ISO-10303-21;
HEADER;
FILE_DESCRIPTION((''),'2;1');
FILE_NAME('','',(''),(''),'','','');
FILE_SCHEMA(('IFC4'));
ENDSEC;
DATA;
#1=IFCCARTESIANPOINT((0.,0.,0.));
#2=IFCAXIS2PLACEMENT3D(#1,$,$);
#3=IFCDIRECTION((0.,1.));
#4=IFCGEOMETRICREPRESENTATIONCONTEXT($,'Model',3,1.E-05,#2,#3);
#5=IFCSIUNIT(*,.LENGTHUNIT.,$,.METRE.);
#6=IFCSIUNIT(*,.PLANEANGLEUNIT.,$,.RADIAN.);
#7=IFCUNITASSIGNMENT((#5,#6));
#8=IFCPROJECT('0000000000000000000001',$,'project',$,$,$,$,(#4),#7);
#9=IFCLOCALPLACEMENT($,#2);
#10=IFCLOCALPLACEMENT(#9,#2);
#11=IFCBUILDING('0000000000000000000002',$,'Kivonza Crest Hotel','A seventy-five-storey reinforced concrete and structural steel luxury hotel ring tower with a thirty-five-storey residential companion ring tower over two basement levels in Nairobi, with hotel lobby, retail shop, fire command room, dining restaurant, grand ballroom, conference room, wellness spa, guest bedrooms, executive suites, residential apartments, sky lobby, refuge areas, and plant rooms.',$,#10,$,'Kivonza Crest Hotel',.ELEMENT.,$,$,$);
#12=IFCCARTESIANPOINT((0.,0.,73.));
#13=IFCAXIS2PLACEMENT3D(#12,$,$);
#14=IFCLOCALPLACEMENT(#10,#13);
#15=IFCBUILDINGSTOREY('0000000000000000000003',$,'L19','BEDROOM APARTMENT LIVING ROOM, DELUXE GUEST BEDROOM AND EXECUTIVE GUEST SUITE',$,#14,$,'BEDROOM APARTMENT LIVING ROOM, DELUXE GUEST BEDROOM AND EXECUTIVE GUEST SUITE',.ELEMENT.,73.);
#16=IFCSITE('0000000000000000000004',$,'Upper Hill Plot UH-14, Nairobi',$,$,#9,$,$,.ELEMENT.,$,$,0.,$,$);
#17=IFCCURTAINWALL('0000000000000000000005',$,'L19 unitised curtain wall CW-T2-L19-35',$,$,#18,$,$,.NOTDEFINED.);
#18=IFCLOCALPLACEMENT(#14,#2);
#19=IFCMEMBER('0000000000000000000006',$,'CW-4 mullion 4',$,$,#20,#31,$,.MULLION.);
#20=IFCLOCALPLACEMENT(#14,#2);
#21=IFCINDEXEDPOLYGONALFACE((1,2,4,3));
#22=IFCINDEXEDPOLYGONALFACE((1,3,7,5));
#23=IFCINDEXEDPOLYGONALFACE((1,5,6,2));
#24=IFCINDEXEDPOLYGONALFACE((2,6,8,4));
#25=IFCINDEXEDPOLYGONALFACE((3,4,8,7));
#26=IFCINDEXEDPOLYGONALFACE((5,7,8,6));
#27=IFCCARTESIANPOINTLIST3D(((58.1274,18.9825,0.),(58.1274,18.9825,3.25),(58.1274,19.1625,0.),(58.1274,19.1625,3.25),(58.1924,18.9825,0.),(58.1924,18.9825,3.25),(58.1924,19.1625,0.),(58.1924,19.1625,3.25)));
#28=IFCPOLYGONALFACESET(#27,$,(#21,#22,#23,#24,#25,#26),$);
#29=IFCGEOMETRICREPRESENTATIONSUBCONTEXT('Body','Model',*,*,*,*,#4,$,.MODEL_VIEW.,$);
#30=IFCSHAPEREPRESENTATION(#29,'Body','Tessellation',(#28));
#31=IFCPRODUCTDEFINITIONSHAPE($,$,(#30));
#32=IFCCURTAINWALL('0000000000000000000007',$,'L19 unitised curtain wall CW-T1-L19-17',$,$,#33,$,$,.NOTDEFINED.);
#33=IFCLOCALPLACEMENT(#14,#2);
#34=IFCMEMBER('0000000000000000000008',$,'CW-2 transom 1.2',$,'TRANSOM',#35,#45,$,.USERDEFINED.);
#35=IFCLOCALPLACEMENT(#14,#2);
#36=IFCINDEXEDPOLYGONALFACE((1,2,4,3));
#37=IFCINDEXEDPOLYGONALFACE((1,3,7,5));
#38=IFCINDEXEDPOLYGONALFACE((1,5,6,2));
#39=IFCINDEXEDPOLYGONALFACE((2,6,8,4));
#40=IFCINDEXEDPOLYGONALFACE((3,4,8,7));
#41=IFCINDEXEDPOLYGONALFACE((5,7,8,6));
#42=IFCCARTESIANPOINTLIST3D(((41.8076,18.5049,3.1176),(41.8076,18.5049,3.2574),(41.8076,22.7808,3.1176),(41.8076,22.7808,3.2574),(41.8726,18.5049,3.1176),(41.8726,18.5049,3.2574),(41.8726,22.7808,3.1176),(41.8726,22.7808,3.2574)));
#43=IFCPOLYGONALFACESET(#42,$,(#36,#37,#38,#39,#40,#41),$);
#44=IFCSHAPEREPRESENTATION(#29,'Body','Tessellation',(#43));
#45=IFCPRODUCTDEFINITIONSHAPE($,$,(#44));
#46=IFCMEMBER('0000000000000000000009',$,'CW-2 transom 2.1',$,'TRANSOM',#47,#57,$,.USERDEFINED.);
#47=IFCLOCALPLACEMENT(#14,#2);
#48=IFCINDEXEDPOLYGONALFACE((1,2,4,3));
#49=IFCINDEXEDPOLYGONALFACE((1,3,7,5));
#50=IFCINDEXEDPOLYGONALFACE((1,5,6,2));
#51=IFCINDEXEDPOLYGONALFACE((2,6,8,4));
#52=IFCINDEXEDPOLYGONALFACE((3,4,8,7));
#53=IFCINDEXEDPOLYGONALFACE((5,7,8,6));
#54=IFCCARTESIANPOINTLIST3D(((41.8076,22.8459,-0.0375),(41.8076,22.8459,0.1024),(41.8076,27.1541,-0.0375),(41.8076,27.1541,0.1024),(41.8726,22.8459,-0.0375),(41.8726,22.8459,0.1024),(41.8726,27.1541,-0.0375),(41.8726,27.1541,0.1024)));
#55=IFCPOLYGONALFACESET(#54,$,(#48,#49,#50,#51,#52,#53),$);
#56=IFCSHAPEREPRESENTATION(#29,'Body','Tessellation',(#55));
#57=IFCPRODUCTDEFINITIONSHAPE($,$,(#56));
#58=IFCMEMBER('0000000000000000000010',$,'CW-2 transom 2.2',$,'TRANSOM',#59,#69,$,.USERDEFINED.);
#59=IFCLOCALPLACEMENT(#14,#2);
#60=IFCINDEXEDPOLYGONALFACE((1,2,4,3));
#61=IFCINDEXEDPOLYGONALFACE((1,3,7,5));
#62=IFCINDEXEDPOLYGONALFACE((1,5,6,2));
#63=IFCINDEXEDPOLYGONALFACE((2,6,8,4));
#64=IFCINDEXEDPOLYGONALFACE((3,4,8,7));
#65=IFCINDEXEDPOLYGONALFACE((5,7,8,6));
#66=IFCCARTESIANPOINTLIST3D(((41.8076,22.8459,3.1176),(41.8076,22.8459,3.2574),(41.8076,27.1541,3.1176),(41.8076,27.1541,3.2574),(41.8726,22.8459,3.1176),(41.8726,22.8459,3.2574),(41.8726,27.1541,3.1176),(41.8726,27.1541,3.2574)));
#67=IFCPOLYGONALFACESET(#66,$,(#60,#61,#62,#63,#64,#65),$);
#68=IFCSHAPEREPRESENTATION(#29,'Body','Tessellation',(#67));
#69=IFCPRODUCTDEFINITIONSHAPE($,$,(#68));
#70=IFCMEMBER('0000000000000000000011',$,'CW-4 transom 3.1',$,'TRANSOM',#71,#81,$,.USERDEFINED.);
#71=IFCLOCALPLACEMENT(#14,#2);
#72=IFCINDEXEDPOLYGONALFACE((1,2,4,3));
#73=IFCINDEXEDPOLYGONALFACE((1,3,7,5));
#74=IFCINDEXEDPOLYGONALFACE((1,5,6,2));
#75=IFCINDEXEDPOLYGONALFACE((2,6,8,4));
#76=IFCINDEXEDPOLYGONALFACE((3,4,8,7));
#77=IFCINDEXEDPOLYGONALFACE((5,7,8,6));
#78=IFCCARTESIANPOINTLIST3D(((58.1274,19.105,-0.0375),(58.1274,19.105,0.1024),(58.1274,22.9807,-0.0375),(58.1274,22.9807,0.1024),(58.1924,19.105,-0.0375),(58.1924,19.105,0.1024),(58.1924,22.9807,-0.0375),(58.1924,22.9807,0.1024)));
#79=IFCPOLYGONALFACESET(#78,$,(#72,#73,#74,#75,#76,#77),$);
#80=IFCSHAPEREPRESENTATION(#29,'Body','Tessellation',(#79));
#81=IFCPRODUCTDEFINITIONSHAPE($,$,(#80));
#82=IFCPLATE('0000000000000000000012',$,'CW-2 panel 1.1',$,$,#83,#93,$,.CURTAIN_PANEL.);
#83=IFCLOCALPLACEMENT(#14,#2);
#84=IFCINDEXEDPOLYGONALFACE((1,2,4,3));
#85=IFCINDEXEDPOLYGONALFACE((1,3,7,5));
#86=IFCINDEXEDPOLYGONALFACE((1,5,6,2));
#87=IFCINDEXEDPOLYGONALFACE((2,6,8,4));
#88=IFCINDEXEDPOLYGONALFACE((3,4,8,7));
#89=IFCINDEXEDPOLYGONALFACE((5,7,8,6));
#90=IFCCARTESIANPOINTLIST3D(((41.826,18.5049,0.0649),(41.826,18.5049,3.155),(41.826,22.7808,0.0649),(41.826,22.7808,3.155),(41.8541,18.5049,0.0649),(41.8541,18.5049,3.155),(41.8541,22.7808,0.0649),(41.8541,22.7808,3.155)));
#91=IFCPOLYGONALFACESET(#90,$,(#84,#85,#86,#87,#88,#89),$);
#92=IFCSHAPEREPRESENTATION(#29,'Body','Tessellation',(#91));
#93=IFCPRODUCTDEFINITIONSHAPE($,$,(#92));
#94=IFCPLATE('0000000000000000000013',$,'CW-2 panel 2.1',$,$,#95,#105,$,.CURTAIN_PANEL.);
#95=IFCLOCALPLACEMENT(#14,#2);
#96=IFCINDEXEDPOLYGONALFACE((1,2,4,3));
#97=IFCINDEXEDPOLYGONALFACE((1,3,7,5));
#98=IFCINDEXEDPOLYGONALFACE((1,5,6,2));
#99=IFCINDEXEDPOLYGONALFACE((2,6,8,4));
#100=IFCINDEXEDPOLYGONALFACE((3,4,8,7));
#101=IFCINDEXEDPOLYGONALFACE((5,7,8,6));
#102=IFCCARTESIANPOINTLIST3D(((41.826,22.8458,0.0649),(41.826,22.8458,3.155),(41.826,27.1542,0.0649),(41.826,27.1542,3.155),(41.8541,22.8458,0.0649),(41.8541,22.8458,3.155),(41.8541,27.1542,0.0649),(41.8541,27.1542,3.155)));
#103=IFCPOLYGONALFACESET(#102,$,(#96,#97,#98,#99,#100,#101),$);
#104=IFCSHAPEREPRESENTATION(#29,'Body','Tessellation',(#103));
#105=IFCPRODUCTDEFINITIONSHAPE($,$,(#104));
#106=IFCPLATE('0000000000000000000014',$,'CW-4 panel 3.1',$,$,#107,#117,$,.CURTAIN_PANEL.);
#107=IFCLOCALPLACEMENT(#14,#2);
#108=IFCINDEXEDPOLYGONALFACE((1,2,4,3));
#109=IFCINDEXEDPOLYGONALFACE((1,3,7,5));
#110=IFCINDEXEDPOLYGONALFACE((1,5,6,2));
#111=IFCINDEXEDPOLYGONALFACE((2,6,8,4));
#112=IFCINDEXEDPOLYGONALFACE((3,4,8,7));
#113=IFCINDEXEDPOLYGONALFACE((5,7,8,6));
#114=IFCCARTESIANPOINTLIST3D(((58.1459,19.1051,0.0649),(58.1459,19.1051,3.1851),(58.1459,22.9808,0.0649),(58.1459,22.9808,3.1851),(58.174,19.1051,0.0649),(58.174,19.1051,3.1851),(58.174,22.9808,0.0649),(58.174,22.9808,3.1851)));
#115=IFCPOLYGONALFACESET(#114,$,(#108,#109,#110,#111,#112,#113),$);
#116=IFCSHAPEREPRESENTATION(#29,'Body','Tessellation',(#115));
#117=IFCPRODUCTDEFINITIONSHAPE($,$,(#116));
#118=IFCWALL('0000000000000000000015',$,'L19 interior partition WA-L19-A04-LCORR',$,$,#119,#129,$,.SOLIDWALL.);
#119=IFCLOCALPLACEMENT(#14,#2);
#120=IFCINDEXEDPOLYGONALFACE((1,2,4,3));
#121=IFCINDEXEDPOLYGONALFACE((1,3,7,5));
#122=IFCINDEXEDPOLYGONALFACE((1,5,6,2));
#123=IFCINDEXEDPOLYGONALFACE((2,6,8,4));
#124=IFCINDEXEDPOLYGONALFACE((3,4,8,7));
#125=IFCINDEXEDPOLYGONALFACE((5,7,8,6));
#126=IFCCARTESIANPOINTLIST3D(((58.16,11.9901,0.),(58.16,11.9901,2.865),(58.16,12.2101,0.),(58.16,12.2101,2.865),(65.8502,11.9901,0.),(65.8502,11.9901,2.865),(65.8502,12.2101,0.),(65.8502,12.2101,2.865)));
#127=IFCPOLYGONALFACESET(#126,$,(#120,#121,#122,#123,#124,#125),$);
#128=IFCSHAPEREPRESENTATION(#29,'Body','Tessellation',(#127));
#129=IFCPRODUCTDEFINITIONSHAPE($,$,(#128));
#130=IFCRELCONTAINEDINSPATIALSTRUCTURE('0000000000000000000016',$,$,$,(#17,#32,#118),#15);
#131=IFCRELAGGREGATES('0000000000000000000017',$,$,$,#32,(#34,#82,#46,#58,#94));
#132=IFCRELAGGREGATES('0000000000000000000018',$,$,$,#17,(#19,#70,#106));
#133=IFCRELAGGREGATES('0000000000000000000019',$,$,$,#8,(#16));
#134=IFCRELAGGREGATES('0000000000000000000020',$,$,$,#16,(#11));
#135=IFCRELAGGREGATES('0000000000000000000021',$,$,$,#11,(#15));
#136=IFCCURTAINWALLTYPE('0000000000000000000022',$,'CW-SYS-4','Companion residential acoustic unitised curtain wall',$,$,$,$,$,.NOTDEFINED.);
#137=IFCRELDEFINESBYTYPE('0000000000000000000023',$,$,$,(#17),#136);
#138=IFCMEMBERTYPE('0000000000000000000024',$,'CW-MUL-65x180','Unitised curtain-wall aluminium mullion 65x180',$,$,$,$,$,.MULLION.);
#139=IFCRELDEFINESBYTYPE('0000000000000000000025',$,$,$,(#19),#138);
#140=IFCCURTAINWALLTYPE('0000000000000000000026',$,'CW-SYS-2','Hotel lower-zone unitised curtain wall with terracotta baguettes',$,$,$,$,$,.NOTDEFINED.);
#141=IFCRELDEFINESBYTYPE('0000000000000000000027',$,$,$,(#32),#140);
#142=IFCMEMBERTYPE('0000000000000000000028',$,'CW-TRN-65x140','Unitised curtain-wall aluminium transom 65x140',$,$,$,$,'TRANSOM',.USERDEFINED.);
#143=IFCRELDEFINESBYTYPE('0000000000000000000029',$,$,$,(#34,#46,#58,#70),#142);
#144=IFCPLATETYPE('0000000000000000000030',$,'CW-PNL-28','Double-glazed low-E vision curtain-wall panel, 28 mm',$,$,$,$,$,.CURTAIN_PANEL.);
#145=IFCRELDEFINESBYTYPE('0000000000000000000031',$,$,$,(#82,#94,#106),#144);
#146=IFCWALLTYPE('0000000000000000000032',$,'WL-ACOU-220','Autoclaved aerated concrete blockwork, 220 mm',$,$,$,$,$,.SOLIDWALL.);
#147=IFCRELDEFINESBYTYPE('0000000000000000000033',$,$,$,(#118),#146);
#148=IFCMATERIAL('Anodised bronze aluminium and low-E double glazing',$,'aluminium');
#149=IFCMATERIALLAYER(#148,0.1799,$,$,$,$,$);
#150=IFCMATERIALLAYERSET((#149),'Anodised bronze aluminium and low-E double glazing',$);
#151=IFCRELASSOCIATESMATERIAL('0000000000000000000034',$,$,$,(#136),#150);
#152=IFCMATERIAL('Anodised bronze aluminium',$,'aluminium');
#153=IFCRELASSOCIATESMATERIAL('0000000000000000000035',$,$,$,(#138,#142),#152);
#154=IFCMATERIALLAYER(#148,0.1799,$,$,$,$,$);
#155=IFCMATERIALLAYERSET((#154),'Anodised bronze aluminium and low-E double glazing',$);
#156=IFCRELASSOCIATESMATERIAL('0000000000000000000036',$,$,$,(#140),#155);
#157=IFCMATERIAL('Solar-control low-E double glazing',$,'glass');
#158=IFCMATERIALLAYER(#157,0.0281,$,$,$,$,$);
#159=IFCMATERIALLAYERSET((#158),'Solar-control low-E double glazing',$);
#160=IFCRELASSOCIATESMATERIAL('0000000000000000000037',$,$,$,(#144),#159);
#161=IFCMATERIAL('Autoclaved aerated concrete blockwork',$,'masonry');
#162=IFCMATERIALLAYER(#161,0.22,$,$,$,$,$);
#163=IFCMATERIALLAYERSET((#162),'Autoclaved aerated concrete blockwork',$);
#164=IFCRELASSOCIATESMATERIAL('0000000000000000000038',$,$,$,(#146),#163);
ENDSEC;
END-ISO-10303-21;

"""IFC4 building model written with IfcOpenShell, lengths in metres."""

from ifc_helpers import new_model, si_unit, direction, frame, frame_2d, origin, origin_2d, place, context, subcontext, project, spatial, rectangle, extrude, material, layer, layer_set, material_profile, profile_set, type_object, element, aggregate, save


model = new_model("IFC4")

# Units and contexts
model_context = context("Model", 3, precision=1e-05, world=origin(), true_north=direction((0.0, 1.0)))
body_context = subcontext(model_context, "Body", "Model", "MODEL_VIEW")
ifc_project = project(units=[si_unit("LENGTHUNIT", "METRE"), si_unit("PLANEANGLEUNIT", "RADIAN")], contexts=[model_context])

# Site, building, storey
site_placement = place(None, origin())
site = spatial("IfcSite", under=ifc_project, at=site_placement, Name="Upper Hill Plot UH-14, Nairobi", CompositionType="ELEMENT", RefElevation=0.0)
building_placement = place(site_placement, origin())
building = spatial("IfcBuilding", under=site, at=building_placement, Name="Kivonza Crest Hotel", Description="A seventy-five-storey reinforced concrete and structural steel luxury hotel ring tower with a thirty-five-storey residential companion ring tower over two basement levels in Nairobi, with hotel lobby, retail shop, fire command room, dining restaurant, grand ballroom, conference room, wellness spa, guest bedrooms, executive suites, residential apartments, sky lobby, refuge areas, and plant rooms.", LongName="Kivonza Crest Hotel", CompositionType="ELEMENT")
storey_placement = place(building_placement, frame((0.0, 0.0, 73.0)))
storey = spatial("IfcBuildingStorey", under=building, at=storey_placement, Name="L19", Description="BEDROOM APARTMENT LIVING ROOM, DELUXE GUEST BEDROOM AND EXECUTIVE GUEST SUITE", LongName="BEDROOM APARTMENT LIVING ROOM, DELUXE GUEST BEDROOM AND EXECUTIVE GUEST SUITE", CompositionType="ELEMENT", Elevation=73.0)

# Curtain wall, member
ifc_material_1 = material(Name="Anodised bronze aluminium and low-E double glazing", Category="aluminium")
ifc_layer_1 = layer(ifc_material_1, 0.1799)
ifc_layer_set_1 = layer_set([ifc_layer_1], Name="Anodised bronze aluminium and low-E double glazing")
curtain_wall_type_1 = type_object("IfcCurtainWallType", Name="CW-SYS-4", Description="Companion residential acoustic unitised curtain wall", PredefinedType="NOTDEFINED", material=ifc_layer_set_1)
curtain_wall_1_placement = place(storey_placement, origin())
curtain_wall_1 = element("IfcCurtainWall", 1, at=curtain_wall_1_placement, inside=storey, type_object=curtain_wall_type_1, Name="L19 unitised curtain wall CW-T2-L19-35", PredefinedType="NOTDEFINED")
ifc_material_2 = material(Name="Anodised bronze aluminium", Category="aluminium")
ifc_material_profile_1 = material_profile(ifc_material_2, rectangle(XDim=0.0649, YDim=0.1799, at=origin_2d()), Name="CW-M 65x180")
ifc_profile_set_1 = profile_set([ifc_material_profile_1], Name="Anodised bronze aluminium")
member_type_1 = type_object("IfcMemberType", Name="CW-MUL-65x180", Description="Unitised curtain-wall aluminium mullion 65x180", PredefinedType="MULLION", material=ifc_profile_set_1)
member_1_placement = place(storey_placement, frame((58.1599, 19.0725, 0.0), z_axis=(0.0, 0.0, 1.0), x_axis=(1.0, 0.0, 0.0)))
member_1 = element("IfcMember", 2, at=member_1_placement, type_object=member_type_1, Name="CW-4 mullion 4", PredefinedType="MULLION", context=body_context, shape_type="SweptSolid", body=[
    extrude(rectangle(XDim=0.0649, YDim=0.1799, at=origin_2d()), origin(), (0.0, 0.0, 1.0), 3.25),
])

# Curtain wall, members
ifc_layer_2 = layer(ifc_material_1, 0.1799)
ifc_layer_set_2 = layer_set([ifc_layer_2], Name="Anodised bronze aluminium and low-E double glazing")
curtain_wall_type_2 = type_object("IfcCurtainWallType", Name="CW-SYS-2", Description="Hotel lower-zone unitised curtain wall with terracotta baguettes", PredefinedType="NOTDEFINED", material=ifc_layer_set_2)
curtain_wall_2_placement = place(storey_placement, origin())
curtain_wall_2 = element("IfcCurtainWall", 3, at=curtain_wall_2_placement, inside=storey, type_object=curtain_wall_type_2, Name="L19 unitised curtain wall CW-T1-L19-17", PredefinedType="NOTDEFINED")
ifc_material_profile_2 = material_profile(ifc_material_2, rectangle(XDim=0.0649, YDim=0.1399, at=origin_2d()), Name="CW-T 65x140")
ifc_profile_set_2 = profile_set([ifc_material_profile_2], Name="Anodised bronze aluminium")
member_type_2 = type_object("IfcMemberType", Name="CW-TRN-65x140", Description="Unitised curtain-wall aluminium transom 65x140", ElementType="TRANSOM", PredefinedType="USERDEFINED", material=ifc_profile_set_2)
member_2_placement = place(storey_placement, frame((41.8401, 18.5049, 3.1875), z_axis=(0.0, 1.0, 0.0), x_axis=(-1.0, 0.0, 0.0)))
member_2 = element("IfcMember", 4, at=member_2_placement, type_object=member_type_2, Name="CW-2 transom 1.2", ObjectType="TRANSOM", PredefinedType="USERDEFINED", context=body_context, shape_type="SweptSolid", body=[
    extrude(rectangle(XDim=0.0649, YDim=0.1399, at=origin_2d()), origin(), (0.0, 0.0, 1.0), 4.2759),
])
member_3_placement = place(storey_placement, frame((41.8401, 22.8459, 0.0325), z_axis=(0.0, 1.0, 0.0), x_axis=(-1.0, 0.0, 0.0)))
member_3 = element("IfcMember", 5, at=member_3_placement, type_object=member_type_2, Name="CW-2 transom 2.1", ObjectType="TRANSOM", PredefinedType="USERDEFINED", context=body_context, shape_type="SweptSolid", body=[
    extrude(rectangle(XDim=0.0649, YDim=0.1399, at=origin_2d()), origin(), (0.0, 0.0, 1.0), 4.3081),
])
member_4_placement = place(storey_placement, frame((41.8401, 22.8459, 3.1875), z_axis=(0.0, 1.0, 0.0), x_axis=(-1.0, 0.0, 0.0)))
member_4 = element("IfcMember", 6, at=member_4_placement, type_object=member_type_2, Name="CW-2 transom 2.2", ObjectType="TRANSOM", PredefinedType="USERDEFINED", context=body_context, shape_type="SweptSolid", body=[
    extrude(rectangle(XDim=0.0649, YDim=0.1399, at=origin_2d()), origin(), (0.0, 0.0, 1.0), 4.3081),
])

# Member
member_5_placement = place(storey_placement, frame((58.1599, 22.9807, 0.0325), z_axis=(0.0, -1.0, 0.0), x_axis=(1.0, 0.0, 0.0)))
member_5 = element("IfcMember", 7, at=member_5_placement, type_object=member_type_2, Name="CW-4 transom 3.1", ObjectType="TRANSOM", PredefinedType="USERDEFINED", context=body_context, shape_type="SweptSolid", body=[
    extrude(rectangle(XDim=0.0649, YDim=0.1399, at=origin_2d()), origin(), (0.0, 0.0, 1.0), 3.8757),
])

# Plates
ifc_material_3 = material(Name="Solar-control low-E double glazing", Category="glass")
ifc_layer_3 = layer(ifc_material_3, 0.0281)
ifc_layer_set_3 = layer_set([ifc_layer_3], Name="Solar-control low-E double glazing")
plate_type = type_object("IfcPlateType", Name="CW-PNL-28", Description="Double-glazed low-E vision curtain-wall panel, 28 mm", PredefinedType="CURTAIN_PANEL", material=ifc_layer_set_3)
plate_1_placement = place(storey_placement, frame((41.8401, 20.6428, 0.0649), z_axis=(0.0, 0.0, 1.0), x_axis=(0.0, 1.0, 0.0)))
plate_1 = element("IfcPlate", 8, at=plate_1_placement, type_object=plate_type, Name="CW-2 panel 1.1", PredefinedType="CURTAIN_PANEL", context=body_context, shape_type="SweptSolid", body=[
    extrude(rectangle(XDim=4.2759, YDim=0.0281, at=origin_2d()), origin(), (0.0, 0.0, 1.0), 3.0901),
])
plate_2_placement = place(storey_placement, frame((41.8401, 25.0, 0.0649), z_axis=(0.0, 0.0, 1.0), x_axis=(0.0, 1.0, 0.0)))
plate_2 = element("IfcPlate", 9, at=plate_2_placement, type_object=plate_type, Name="CW-2 panel 2.1", PredefinedType="CURTAIN_PANEL", context=body_context, shape_type="SweptSolid", body=[
    extrude(rectangle(XDim=4.3083, YDim=0.0281, at=origin_2d()), origin(), (0.0, 0.0, 1.0), 3.0901),
])
aggregate(curtain_wall_2, [member_2, plate_1, member_3, member_4, plate_2])
plate_3_placement = place(storey_placement, frame((58.1599, 21.043, 0.0649), z_axis=(0.0, 0.0, 1.0), x_axis=(0.0, -1.0, 0.0)))
plate_3 = element("IfcPlate", 10, at=plate_3_placement, type_object=plate_type, Name="CW-4 panel 3.1", PredefinedType="CURTAIN_PANEL", context=body_context, shape_type="SweptSolid", body=[
    extrude(rectangle(XDim=3.8757, YDim=0.0281, at=origin_2d()), origin(), (0.0, 0.0, 1.0), 3.1201),
])
aggregate(curtain_wall_1, [member_1, member_5, plate_3])

# Wall
ifc_material_4 = material(Name="Autoclaved aerated concrete blockwork", Category="masonry")
ifc_layer_4 = layer(ifc_material_4, 0.22)
ifc_layer_set_4 = layer_set([ifc_layer_4], Name="Autoclaved aerated concrete blockwork")
wall_type_1 = type_object("IfcWallType", Name="WL-ACOU-220", Description="Autoclaved aerated concrete blockwork, 220 mm", PredefinedType="SOLIDWALL", material=ifc_layer_set_4)
wall_1_placement = place(storey_placement, frame((58.1599, 12.1001, 0.0), z_axis=(0.0, 0.0, 1.0), x_axis=(1.0, 0.0, 0.0)))
element("IfcWall", 11, at=wall_1_placement, inside=storey, type_object=wall_type_1, Name="L19 interior partition WA-L19-A04-LCORR", PredefinedType="SOLIDWALL", context=body_context, shape_type="SweptSolid", body=[
    extrude(rectangle(XDim=7.6902, YDim=0.22, at=frame_2d((3.8452, 0.0))), origin(), (0.0, 0.0, 1.0), 2.865),
])

save(model, "model.ifc")
